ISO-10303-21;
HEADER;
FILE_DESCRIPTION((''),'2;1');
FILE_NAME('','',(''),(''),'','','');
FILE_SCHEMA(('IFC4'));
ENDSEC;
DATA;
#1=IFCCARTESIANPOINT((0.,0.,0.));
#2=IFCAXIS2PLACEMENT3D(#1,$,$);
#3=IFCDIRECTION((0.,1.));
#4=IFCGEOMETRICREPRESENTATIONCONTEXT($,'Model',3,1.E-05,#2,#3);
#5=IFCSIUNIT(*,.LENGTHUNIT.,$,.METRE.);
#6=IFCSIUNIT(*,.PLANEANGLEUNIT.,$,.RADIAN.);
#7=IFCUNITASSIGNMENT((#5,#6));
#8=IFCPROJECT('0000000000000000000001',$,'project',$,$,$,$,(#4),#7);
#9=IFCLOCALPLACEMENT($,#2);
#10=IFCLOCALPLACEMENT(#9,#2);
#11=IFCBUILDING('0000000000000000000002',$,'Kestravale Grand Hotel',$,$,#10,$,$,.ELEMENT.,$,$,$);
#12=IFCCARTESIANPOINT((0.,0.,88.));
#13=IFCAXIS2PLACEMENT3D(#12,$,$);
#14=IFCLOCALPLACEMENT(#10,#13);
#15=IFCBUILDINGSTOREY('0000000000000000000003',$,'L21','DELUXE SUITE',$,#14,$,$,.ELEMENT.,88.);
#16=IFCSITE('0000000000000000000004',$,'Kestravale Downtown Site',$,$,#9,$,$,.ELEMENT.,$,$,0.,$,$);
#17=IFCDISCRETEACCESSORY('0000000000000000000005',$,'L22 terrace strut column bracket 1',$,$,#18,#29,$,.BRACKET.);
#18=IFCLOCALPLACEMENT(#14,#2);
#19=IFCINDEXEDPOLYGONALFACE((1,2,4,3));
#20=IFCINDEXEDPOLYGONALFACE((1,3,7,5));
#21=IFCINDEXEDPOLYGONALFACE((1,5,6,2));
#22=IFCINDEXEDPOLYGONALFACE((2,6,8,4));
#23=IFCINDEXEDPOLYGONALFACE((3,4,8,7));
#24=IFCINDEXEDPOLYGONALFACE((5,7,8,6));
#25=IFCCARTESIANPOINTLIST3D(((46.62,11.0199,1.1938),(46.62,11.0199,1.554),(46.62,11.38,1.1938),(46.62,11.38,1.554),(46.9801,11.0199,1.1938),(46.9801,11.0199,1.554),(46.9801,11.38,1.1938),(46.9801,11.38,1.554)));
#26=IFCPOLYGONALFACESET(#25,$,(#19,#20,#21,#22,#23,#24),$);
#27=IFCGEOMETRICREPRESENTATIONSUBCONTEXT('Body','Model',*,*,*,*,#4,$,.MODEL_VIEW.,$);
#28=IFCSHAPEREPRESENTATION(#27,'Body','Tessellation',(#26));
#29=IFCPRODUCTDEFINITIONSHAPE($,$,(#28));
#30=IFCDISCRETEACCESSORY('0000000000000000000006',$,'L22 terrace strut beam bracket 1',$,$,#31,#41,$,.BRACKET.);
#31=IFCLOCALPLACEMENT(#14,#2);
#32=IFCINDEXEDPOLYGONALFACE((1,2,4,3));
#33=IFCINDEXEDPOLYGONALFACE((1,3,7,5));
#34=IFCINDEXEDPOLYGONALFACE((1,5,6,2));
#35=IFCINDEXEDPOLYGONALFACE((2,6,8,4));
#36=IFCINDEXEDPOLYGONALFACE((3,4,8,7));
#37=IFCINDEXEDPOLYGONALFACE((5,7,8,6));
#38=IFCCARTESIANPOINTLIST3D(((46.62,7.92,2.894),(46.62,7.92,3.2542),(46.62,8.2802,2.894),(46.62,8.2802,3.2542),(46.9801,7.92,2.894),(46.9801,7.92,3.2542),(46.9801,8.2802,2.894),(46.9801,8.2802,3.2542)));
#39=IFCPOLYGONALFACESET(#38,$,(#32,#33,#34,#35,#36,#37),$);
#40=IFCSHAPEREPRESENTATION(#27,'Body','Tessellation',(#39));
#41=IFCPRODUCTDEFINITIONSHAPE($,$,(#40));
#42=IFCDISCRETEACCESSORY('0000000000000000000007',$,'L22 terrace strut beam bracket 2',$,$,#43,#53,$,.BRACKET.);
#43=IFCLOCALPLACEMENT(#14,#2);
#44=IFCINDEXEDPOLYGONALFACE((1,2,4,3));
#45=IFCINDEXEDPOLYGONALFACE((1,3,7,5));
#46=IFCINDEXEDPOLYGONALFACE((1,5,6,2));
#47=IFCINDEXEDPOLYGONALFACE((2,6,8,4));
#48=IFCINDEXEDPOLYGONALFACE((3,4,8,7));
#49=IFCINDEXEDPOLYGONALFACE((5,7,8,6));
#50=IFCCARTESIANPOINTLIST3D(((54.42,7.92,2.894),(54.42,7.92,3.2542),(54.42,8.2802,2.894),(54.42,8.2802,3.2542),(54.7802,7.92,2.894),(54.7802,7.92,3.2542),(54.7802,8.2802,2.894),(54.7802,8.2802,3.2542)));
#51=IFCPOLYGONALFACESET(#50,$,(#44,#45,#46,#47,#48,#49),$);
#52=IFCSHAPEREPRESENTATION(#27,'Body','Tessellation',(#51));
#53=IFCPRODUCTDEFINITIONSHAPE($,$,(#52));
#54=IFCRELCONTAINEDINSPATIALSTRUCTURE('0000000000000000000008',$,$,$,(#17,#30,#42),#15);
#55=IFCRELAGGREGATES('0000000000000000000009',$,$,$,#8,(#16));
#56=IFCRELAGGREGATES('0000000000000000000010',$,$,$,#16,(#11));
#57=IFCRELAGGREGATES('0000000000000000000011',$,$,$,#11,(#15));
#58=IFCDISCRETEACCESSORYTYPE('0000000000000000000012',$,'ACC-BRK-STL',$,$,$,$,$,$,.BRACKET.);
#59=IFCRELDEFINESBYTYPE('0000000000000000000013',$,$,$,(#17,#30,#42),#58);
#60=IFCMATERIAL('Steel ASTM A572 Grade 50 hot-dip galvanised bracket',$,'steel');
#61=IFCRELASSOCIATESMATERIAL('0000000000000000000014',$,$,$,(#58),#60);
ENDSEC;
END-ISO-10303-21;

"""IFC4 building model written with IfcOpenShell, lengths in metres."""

from ifc_helpers import new_model, si_unit, direction, frame, origin, origin_2d, place, context, subcontext, project, spatial, rectangle, extrude, material, type_object, element, save


model = new_model("IFC4")

# Units and contexts
model_context = context("Model", 3, precision=1e-05, world=origin(), true_north=direction((0.0, 1.0)))
body_context = subcontext(model_context, "Body", "Model", "MODEL_VIEW")
ifc_project = project(units=[si_unit("LENGTHUNIT", "METRE"), si_unit("PLANEANGLEUNIT", "RADIAN")], contexts=[model_context])

# Site, building, storey
site_placement = place(None, origin())
site = spatial("IfcSite", under=ifc_project, at=site_placement, Name="Kestravale Downtown Site", CompositionType="ELEMENT", RefElevation=0.0)
building_placement = place(site_placement, origin())
building = spatial("IfcBuilding", under=site, at=building_placement, Name="Kestravale Grand Hotel", CompositionType="ELEMENT")
storey_placement = place(building_placement, frame((0.0, 0.0, 88.0)))
storey = spatial("IfcBuildingStorey", under=building, at=storey_placement, Name="L21", Description="DELUXE SUITE", CompositionType="ELEMENT", Elevation=88.0)

# Discrete accessories
ifc_material_1 = material(Name="Steel ASTM A572 Grade 50 hot-dip galvanised bracket", Category="steel")
discrete_accessory_type = type_object("IfcDiscreteAccessoryType", Name="ACC-BRK-STL", PredefinedType="BRACKET", material=ifc_material_1)
for number, where, z_axis, x_axis, name in (
    (1, (46.8, 11.2, 1.1938), (0.0, 0.0, 1.0), (1.0, 0.0, 0.0), "L22 terrace strut column bracket 1"),
    (2, (46.8, 8.1001, 2.894), (0.0, 0.0, 1.0), (1.0, 0.0, 0.0), "L22 terrace strut beam bracket 1"),
    (3, (54.6001, 8.1001, 2.894), (0.0, 0.0, 1.0), (1.0, 0.0, 0.0), "L22 terrace strut beam bracket 2"),
):
    element("IfcDiscreteAccessory", number, at=place(storey_placement, frame(where, z_axis=z_axis, x_axis=x_axis)), inside=storey, type_object=discrete_accessory_type, Name=name, PredefinedType="BRACKET", context=body_context, shape_type="SweptSolid", body=[
        extrude(rectangle(XDim=0.3601, YDim=0.3601, at=origin_2d()), origin(), (0.0, 0.0, 1.0), 0.3601),
    ])

save(model, "model.ifc")
